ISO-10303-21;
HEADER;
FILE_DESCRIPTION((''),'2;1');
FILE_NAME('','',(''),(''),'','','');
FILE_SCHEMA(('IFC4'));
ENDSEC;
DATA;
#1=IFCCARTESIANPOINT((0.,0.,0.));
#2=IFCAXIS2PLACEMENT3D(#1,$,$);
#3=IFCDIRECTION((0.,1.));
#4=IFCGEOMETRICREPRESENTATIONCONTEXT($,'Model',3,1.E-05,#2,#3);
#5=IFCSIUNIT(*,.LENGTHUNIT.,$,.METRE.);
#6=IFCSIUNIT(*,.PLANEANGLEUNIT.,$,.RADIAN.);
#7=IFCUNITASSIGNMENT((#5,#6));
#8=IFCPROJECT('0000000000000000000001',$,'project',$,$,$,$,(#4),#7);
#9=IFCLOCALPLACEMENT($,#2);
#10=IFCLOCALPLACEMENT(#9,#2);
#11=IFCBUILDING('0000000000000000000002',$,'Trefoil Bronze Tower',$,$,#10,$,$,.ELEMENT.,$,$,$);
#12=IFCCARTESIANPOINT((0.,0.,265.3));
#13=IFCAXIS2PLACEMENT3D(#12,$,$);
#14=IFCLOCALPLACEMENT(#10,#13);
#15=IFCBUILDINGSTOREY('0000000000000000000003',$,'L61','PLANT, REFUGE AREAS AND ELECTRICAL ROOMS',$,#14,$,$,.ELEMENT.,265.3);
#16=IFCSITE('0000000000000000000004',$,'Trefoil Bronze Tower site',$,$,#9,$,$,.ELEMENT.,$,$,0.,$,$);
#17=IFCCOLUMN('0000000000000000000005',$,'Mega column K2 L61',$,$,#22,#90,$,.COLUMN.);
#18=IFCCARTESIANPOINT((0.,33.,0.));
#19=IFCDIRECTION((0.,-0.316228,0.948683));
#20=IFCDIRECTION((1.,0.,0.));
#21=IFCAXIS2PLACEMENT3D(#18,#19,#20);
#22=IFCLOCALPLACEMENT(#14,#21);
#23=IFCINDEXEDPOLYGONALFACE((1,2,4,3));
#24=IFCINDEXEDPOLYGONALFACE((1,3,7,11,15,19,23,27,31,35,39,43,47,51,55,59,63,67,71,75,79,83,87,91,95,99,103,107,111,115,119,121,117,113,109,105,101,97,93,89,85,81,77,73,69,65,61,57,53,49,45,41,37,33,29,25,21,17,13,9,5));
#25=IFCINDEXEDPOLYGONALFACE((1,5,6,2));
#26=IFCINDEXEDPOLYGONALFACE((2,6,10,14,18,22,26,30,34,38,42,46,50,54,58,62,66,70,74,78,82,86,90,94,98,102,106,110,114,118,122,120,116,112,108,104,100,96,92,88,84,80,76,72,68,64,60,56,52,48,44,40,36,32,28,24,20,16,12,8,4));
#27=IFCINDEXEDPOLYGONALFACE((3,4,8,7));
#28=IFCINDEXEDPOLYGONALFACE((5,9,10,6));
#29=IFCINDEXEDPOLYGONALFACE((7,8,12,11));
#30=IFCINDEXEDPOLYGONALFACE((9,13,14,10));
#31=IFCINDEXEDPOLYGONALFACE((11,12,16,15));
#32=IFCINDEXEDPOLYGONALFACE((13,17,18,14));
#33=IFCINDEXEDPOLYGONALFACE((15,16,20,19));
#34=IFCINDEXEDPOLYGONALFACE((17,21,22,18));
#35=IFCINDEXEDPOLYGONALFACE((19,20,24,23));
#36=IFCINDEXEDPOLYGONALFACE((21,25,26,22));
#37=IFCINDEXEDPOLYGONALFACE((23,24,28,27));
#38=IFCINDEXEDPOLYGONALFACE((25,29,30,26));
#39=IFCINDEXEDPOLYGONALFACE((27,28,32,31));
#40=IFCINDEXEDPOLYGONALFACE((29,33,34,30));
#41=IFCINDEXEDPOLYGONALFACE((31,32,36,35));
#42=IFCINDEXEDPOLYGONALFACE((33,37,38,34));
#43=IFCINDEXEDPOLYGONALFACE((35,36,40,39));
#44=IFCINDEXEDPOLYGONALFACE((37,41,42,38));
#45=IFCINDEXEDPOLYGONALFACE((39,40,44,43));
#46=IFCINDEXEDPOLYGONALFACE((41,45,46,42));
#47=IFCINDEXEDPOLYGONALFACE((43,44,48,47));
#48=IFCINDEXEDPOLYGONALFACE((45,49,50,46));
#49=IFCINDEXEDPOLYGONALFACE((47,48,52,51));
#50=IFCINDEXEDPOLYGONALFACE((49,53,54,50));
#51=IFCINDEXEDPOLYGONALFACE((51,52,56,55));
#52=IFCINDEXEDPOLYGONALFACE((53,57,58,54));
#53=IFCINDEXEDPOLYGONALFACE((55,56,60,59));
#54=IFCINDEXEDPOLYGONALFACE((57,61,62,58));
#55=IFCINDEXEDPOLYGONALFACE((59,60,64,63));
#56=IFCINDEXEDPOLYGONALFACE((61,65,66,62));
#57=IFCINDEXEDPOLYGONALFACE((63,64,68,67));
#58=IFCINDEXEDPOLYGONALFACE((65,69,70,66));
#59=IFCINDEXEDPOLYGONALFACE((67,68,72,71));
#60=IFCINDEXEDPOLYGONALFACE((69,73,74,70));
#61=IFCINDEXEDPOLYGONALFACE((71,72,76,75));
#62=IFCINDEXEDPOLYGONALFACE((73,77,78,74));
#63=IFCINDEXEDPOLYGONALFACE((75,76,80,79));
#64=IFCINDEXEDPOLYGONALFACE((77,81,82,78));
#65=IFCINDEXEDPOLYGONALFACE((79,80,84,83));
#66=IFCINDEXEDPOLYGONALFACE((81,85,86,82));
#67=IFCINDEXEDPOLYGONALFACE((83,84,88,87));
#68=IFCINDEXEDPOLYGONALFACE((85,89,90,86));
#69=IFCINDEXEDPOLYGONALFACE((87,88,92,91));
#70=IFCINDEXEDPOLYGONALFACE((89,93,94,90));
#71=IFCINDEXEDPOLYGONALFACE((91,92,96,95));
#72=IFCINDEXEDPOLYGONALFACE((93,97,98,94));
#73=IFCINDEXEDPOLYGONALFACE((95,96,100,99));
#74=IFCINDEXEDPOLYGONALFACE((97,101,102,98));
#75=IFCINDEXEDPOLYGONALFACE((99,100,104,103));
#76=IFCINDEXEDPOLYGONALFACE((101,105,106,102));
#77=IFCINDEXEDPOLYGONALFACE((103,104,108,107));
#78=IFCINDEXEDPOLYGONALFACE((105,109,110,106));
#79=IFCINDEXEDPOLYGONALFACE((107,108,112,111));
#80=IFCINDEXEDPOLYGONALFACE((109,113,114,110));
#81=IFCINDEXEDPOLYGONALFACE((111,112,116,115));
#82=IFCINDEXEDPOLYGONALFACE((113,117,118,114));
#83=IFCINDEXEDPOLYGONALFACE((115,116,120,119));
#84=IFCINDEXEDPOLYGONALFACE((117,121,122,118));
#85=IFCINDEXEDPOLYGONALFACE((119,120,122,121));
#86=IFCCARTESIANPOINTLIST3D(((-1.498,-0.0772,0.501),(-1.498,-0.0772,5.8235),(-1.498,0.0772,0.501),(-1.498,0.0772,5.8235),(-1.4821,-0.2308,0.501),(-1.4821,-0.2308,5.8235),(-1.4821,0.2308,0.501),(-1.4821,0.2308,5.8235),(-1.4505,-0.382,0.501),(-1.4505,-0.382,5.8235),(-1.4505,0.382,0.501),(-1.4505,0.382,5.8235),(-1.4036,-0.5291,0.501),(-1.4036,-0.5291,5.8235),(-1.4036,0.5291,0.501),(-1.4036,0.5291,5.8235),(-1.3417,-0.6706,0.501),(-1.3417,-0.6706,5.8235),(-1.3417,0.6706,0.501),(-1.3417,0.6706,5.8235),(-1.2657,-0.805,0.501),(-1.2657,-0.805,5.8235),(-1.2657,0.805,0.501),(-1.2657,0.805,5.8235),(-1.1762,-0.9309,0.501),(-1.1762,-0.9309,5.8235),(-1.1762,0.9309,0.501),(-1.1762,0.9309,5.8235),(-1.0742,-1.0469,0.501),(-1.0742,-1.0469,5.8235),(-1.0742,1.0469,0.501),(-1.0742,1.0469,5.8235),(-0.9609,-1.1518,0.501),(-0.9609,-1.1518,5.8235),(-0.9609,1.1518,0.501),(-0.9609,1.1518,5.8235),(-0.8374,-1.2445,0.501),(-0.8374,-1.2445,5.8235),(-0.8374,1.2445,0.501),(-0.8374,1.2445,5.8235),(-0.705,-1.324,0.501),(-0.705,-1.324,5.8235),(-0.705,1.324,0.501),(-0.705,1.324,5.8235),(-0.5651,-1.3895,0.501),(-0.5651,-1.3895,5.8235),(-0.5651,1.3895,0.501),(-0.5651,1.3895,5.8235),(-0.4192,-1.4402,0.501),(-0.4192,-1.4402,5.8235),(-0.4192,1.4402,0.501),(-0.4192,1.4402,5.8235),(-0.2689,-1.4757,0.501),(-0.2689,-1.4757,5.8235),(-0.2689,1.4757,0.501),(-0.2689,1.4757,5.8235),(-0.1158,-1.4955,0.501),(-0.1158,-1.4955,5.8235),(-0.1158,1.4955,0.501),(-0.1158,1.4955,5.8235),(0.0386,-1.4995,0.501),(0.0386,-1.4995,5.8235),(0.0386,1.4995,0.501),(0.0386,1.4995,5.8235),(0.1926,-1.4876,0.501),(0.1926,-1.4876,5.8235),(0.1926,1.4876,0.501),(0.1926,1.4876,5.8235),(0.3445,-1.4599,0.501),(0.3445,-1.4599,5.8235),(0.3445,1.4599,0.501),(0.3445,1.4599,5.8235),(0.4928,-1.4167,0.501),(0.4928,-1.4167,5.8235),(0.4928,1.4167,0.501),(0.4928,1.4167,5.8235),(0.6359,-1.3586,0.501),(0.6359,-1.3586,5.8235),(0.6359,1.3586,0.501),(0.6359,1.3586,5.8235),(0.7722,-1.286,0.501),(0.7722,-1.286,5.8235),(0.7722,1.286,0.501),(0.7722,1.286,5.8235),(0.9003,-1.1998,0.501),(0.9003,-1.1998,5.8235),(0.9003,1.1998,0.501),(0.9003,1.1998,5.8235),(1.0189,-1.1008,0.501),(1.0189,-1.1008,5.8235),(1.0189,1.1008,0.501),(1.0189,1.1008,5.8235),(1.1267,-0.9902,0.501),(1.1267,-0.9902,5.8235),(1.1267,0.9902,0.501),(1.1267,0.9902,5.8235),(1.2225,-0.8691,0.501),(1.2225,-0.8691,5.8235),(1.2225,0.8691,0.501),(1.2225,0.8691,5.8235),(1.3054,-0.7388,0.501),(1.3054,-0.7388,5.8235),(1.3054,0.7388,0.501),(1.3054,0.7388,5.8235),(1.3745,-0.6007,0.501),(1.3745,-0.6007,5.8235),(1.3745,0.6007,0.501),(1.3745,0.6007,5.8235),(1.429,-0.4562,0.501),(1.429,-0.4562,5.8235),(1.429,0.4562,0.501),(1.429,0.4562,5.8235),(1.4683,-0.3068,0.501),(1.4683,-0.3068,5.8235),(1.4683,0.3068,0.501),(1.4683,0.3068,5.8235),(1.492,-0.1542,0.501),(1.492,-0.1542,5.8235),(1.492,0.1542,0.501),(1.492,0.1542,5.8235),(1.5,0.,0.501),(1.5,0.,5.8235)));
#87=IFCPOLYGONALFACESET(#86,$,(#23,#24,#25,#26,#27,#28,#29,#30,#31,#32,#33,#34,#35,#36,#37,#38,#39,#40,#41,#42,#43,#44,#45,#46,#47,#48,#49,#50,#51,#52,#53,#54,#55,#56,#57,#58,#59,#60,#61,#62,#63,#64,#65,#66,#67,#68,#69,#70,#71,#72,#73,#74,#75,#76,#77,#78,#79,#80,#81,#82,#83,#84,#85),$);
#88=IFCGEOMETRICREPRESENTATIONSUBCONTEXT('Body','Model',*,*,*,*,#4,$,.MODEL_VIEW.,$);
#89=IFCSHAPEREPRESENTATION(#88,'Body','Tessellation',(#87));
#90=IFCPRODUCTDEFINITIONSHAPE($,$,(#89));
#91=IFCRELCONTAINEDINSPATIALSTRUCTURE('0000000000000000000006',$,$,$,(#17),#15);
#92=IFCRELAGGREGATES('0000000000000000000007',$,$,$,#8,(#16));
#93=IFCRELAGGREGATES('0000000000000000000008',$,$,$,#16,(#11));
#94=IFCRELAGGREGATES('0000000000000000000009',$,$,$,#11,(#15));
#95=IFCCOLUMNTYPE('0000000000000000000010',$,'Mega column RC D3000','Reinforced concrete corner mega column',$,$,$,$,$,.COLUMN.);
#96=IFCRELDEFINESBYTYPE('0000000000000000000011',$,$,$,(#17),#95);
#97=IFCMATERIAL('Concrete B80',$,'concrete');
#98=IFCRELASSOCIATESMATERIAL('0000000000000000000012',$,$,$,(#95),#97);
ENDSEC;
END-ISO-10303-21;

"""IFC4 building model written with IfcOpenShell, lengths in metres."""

from ifc_helpers import new_model, si_unit, direction, frame, origin, origin_2d, place, context, subcontext, project, spatial, circle, extrude, clip, halfspace, material, material_profile, profile_set, type_object, element, save


model = new_model("IFC4")

# Units and contexts
model_context = context("Model", 3, precision=1e-05, world=origin(), true_north=direction((0.0, 1.0)))
body_context = subcontext(model_context, "Body", "Model", "MODEL_VIEW")
ifc_project = project(units=[si_unit("LENGTHUNIT", "METRE"), si_unit("PLANEANGLEUNIT", "RADIAN")], contexts=[model_context])

# Site, building, storey
site_placement = place(None, origin())
site = spatial("IfcSite", under=ifc_project, at=site_placement, Name="Trefoil Bronze Tower site", CompositionType="ELEMENT", RefElevation=0.0)
building_placement = place(site_placement, origin())
building = spatial("IfcBuilding", under=site, at=building_placement, Name="Trefoil Bronze Tower", CompositionType="ELEMENT")
storey_placement = place(building_placement, frame((0.0, 0.0, 265.3)))
storey = spatial("IfcBuildingStorey", under=building, at=storey_placement, Name="L61", Description="PLANT, REFUGE AREAS AND ELECTRICAL ROOMS", CompositionType="ELEMENT", Elevation=265.3)

# Column
ifc_material_1 = material(Name="Concrete B80", Category="concrete")
ifc_material_profile_1 = material_profile(ifc_material_1, circle(Radius=1.5, at=origin_2d()), Name="RC D3000")
ifc_profile_set_1 = profile_set([ifc_material_profile_1], Name="Concrete B80")
column_type = type_object("IfcColumnType", Name="Mega column RC D3000", Description="Reinforced concrete corner mega column", PredefinedType="COLUMN", material=ifc_profile_set_1)
column_placement = place(storey_placement, frame((0.0, 33.0, 0.0), z_axis=(0.0, -0.316228, 0.948683), x_axis=(1.0, 0.0, 0.0)))
element("IfcColumn", 1, at=column_placement, inside=storey, type_object=column_type, Name="Mega column K2 L61", PredefinedType="COLUMN", context=body_context, shape_type="Clipping", body=[
    clip(clip(extrude(circle(Radius=1.5, at=origin_2d()), origin(), (0.0, 0.0, 1.0), 6.3245), halfspace(frame((0.0, 0.0, 0.501), z_axis=(0.0, 0.0, 1.0), x_axis=(0.0, 1.0, 0.0)), True)), halfspace(frame((0.0, 0.0, 5.8235), z_axis=(0.0, 0.0, -1.0), x_axis=(0.0, -1.0, 0.0)), True)),
])

save(model, "model.ifc")
